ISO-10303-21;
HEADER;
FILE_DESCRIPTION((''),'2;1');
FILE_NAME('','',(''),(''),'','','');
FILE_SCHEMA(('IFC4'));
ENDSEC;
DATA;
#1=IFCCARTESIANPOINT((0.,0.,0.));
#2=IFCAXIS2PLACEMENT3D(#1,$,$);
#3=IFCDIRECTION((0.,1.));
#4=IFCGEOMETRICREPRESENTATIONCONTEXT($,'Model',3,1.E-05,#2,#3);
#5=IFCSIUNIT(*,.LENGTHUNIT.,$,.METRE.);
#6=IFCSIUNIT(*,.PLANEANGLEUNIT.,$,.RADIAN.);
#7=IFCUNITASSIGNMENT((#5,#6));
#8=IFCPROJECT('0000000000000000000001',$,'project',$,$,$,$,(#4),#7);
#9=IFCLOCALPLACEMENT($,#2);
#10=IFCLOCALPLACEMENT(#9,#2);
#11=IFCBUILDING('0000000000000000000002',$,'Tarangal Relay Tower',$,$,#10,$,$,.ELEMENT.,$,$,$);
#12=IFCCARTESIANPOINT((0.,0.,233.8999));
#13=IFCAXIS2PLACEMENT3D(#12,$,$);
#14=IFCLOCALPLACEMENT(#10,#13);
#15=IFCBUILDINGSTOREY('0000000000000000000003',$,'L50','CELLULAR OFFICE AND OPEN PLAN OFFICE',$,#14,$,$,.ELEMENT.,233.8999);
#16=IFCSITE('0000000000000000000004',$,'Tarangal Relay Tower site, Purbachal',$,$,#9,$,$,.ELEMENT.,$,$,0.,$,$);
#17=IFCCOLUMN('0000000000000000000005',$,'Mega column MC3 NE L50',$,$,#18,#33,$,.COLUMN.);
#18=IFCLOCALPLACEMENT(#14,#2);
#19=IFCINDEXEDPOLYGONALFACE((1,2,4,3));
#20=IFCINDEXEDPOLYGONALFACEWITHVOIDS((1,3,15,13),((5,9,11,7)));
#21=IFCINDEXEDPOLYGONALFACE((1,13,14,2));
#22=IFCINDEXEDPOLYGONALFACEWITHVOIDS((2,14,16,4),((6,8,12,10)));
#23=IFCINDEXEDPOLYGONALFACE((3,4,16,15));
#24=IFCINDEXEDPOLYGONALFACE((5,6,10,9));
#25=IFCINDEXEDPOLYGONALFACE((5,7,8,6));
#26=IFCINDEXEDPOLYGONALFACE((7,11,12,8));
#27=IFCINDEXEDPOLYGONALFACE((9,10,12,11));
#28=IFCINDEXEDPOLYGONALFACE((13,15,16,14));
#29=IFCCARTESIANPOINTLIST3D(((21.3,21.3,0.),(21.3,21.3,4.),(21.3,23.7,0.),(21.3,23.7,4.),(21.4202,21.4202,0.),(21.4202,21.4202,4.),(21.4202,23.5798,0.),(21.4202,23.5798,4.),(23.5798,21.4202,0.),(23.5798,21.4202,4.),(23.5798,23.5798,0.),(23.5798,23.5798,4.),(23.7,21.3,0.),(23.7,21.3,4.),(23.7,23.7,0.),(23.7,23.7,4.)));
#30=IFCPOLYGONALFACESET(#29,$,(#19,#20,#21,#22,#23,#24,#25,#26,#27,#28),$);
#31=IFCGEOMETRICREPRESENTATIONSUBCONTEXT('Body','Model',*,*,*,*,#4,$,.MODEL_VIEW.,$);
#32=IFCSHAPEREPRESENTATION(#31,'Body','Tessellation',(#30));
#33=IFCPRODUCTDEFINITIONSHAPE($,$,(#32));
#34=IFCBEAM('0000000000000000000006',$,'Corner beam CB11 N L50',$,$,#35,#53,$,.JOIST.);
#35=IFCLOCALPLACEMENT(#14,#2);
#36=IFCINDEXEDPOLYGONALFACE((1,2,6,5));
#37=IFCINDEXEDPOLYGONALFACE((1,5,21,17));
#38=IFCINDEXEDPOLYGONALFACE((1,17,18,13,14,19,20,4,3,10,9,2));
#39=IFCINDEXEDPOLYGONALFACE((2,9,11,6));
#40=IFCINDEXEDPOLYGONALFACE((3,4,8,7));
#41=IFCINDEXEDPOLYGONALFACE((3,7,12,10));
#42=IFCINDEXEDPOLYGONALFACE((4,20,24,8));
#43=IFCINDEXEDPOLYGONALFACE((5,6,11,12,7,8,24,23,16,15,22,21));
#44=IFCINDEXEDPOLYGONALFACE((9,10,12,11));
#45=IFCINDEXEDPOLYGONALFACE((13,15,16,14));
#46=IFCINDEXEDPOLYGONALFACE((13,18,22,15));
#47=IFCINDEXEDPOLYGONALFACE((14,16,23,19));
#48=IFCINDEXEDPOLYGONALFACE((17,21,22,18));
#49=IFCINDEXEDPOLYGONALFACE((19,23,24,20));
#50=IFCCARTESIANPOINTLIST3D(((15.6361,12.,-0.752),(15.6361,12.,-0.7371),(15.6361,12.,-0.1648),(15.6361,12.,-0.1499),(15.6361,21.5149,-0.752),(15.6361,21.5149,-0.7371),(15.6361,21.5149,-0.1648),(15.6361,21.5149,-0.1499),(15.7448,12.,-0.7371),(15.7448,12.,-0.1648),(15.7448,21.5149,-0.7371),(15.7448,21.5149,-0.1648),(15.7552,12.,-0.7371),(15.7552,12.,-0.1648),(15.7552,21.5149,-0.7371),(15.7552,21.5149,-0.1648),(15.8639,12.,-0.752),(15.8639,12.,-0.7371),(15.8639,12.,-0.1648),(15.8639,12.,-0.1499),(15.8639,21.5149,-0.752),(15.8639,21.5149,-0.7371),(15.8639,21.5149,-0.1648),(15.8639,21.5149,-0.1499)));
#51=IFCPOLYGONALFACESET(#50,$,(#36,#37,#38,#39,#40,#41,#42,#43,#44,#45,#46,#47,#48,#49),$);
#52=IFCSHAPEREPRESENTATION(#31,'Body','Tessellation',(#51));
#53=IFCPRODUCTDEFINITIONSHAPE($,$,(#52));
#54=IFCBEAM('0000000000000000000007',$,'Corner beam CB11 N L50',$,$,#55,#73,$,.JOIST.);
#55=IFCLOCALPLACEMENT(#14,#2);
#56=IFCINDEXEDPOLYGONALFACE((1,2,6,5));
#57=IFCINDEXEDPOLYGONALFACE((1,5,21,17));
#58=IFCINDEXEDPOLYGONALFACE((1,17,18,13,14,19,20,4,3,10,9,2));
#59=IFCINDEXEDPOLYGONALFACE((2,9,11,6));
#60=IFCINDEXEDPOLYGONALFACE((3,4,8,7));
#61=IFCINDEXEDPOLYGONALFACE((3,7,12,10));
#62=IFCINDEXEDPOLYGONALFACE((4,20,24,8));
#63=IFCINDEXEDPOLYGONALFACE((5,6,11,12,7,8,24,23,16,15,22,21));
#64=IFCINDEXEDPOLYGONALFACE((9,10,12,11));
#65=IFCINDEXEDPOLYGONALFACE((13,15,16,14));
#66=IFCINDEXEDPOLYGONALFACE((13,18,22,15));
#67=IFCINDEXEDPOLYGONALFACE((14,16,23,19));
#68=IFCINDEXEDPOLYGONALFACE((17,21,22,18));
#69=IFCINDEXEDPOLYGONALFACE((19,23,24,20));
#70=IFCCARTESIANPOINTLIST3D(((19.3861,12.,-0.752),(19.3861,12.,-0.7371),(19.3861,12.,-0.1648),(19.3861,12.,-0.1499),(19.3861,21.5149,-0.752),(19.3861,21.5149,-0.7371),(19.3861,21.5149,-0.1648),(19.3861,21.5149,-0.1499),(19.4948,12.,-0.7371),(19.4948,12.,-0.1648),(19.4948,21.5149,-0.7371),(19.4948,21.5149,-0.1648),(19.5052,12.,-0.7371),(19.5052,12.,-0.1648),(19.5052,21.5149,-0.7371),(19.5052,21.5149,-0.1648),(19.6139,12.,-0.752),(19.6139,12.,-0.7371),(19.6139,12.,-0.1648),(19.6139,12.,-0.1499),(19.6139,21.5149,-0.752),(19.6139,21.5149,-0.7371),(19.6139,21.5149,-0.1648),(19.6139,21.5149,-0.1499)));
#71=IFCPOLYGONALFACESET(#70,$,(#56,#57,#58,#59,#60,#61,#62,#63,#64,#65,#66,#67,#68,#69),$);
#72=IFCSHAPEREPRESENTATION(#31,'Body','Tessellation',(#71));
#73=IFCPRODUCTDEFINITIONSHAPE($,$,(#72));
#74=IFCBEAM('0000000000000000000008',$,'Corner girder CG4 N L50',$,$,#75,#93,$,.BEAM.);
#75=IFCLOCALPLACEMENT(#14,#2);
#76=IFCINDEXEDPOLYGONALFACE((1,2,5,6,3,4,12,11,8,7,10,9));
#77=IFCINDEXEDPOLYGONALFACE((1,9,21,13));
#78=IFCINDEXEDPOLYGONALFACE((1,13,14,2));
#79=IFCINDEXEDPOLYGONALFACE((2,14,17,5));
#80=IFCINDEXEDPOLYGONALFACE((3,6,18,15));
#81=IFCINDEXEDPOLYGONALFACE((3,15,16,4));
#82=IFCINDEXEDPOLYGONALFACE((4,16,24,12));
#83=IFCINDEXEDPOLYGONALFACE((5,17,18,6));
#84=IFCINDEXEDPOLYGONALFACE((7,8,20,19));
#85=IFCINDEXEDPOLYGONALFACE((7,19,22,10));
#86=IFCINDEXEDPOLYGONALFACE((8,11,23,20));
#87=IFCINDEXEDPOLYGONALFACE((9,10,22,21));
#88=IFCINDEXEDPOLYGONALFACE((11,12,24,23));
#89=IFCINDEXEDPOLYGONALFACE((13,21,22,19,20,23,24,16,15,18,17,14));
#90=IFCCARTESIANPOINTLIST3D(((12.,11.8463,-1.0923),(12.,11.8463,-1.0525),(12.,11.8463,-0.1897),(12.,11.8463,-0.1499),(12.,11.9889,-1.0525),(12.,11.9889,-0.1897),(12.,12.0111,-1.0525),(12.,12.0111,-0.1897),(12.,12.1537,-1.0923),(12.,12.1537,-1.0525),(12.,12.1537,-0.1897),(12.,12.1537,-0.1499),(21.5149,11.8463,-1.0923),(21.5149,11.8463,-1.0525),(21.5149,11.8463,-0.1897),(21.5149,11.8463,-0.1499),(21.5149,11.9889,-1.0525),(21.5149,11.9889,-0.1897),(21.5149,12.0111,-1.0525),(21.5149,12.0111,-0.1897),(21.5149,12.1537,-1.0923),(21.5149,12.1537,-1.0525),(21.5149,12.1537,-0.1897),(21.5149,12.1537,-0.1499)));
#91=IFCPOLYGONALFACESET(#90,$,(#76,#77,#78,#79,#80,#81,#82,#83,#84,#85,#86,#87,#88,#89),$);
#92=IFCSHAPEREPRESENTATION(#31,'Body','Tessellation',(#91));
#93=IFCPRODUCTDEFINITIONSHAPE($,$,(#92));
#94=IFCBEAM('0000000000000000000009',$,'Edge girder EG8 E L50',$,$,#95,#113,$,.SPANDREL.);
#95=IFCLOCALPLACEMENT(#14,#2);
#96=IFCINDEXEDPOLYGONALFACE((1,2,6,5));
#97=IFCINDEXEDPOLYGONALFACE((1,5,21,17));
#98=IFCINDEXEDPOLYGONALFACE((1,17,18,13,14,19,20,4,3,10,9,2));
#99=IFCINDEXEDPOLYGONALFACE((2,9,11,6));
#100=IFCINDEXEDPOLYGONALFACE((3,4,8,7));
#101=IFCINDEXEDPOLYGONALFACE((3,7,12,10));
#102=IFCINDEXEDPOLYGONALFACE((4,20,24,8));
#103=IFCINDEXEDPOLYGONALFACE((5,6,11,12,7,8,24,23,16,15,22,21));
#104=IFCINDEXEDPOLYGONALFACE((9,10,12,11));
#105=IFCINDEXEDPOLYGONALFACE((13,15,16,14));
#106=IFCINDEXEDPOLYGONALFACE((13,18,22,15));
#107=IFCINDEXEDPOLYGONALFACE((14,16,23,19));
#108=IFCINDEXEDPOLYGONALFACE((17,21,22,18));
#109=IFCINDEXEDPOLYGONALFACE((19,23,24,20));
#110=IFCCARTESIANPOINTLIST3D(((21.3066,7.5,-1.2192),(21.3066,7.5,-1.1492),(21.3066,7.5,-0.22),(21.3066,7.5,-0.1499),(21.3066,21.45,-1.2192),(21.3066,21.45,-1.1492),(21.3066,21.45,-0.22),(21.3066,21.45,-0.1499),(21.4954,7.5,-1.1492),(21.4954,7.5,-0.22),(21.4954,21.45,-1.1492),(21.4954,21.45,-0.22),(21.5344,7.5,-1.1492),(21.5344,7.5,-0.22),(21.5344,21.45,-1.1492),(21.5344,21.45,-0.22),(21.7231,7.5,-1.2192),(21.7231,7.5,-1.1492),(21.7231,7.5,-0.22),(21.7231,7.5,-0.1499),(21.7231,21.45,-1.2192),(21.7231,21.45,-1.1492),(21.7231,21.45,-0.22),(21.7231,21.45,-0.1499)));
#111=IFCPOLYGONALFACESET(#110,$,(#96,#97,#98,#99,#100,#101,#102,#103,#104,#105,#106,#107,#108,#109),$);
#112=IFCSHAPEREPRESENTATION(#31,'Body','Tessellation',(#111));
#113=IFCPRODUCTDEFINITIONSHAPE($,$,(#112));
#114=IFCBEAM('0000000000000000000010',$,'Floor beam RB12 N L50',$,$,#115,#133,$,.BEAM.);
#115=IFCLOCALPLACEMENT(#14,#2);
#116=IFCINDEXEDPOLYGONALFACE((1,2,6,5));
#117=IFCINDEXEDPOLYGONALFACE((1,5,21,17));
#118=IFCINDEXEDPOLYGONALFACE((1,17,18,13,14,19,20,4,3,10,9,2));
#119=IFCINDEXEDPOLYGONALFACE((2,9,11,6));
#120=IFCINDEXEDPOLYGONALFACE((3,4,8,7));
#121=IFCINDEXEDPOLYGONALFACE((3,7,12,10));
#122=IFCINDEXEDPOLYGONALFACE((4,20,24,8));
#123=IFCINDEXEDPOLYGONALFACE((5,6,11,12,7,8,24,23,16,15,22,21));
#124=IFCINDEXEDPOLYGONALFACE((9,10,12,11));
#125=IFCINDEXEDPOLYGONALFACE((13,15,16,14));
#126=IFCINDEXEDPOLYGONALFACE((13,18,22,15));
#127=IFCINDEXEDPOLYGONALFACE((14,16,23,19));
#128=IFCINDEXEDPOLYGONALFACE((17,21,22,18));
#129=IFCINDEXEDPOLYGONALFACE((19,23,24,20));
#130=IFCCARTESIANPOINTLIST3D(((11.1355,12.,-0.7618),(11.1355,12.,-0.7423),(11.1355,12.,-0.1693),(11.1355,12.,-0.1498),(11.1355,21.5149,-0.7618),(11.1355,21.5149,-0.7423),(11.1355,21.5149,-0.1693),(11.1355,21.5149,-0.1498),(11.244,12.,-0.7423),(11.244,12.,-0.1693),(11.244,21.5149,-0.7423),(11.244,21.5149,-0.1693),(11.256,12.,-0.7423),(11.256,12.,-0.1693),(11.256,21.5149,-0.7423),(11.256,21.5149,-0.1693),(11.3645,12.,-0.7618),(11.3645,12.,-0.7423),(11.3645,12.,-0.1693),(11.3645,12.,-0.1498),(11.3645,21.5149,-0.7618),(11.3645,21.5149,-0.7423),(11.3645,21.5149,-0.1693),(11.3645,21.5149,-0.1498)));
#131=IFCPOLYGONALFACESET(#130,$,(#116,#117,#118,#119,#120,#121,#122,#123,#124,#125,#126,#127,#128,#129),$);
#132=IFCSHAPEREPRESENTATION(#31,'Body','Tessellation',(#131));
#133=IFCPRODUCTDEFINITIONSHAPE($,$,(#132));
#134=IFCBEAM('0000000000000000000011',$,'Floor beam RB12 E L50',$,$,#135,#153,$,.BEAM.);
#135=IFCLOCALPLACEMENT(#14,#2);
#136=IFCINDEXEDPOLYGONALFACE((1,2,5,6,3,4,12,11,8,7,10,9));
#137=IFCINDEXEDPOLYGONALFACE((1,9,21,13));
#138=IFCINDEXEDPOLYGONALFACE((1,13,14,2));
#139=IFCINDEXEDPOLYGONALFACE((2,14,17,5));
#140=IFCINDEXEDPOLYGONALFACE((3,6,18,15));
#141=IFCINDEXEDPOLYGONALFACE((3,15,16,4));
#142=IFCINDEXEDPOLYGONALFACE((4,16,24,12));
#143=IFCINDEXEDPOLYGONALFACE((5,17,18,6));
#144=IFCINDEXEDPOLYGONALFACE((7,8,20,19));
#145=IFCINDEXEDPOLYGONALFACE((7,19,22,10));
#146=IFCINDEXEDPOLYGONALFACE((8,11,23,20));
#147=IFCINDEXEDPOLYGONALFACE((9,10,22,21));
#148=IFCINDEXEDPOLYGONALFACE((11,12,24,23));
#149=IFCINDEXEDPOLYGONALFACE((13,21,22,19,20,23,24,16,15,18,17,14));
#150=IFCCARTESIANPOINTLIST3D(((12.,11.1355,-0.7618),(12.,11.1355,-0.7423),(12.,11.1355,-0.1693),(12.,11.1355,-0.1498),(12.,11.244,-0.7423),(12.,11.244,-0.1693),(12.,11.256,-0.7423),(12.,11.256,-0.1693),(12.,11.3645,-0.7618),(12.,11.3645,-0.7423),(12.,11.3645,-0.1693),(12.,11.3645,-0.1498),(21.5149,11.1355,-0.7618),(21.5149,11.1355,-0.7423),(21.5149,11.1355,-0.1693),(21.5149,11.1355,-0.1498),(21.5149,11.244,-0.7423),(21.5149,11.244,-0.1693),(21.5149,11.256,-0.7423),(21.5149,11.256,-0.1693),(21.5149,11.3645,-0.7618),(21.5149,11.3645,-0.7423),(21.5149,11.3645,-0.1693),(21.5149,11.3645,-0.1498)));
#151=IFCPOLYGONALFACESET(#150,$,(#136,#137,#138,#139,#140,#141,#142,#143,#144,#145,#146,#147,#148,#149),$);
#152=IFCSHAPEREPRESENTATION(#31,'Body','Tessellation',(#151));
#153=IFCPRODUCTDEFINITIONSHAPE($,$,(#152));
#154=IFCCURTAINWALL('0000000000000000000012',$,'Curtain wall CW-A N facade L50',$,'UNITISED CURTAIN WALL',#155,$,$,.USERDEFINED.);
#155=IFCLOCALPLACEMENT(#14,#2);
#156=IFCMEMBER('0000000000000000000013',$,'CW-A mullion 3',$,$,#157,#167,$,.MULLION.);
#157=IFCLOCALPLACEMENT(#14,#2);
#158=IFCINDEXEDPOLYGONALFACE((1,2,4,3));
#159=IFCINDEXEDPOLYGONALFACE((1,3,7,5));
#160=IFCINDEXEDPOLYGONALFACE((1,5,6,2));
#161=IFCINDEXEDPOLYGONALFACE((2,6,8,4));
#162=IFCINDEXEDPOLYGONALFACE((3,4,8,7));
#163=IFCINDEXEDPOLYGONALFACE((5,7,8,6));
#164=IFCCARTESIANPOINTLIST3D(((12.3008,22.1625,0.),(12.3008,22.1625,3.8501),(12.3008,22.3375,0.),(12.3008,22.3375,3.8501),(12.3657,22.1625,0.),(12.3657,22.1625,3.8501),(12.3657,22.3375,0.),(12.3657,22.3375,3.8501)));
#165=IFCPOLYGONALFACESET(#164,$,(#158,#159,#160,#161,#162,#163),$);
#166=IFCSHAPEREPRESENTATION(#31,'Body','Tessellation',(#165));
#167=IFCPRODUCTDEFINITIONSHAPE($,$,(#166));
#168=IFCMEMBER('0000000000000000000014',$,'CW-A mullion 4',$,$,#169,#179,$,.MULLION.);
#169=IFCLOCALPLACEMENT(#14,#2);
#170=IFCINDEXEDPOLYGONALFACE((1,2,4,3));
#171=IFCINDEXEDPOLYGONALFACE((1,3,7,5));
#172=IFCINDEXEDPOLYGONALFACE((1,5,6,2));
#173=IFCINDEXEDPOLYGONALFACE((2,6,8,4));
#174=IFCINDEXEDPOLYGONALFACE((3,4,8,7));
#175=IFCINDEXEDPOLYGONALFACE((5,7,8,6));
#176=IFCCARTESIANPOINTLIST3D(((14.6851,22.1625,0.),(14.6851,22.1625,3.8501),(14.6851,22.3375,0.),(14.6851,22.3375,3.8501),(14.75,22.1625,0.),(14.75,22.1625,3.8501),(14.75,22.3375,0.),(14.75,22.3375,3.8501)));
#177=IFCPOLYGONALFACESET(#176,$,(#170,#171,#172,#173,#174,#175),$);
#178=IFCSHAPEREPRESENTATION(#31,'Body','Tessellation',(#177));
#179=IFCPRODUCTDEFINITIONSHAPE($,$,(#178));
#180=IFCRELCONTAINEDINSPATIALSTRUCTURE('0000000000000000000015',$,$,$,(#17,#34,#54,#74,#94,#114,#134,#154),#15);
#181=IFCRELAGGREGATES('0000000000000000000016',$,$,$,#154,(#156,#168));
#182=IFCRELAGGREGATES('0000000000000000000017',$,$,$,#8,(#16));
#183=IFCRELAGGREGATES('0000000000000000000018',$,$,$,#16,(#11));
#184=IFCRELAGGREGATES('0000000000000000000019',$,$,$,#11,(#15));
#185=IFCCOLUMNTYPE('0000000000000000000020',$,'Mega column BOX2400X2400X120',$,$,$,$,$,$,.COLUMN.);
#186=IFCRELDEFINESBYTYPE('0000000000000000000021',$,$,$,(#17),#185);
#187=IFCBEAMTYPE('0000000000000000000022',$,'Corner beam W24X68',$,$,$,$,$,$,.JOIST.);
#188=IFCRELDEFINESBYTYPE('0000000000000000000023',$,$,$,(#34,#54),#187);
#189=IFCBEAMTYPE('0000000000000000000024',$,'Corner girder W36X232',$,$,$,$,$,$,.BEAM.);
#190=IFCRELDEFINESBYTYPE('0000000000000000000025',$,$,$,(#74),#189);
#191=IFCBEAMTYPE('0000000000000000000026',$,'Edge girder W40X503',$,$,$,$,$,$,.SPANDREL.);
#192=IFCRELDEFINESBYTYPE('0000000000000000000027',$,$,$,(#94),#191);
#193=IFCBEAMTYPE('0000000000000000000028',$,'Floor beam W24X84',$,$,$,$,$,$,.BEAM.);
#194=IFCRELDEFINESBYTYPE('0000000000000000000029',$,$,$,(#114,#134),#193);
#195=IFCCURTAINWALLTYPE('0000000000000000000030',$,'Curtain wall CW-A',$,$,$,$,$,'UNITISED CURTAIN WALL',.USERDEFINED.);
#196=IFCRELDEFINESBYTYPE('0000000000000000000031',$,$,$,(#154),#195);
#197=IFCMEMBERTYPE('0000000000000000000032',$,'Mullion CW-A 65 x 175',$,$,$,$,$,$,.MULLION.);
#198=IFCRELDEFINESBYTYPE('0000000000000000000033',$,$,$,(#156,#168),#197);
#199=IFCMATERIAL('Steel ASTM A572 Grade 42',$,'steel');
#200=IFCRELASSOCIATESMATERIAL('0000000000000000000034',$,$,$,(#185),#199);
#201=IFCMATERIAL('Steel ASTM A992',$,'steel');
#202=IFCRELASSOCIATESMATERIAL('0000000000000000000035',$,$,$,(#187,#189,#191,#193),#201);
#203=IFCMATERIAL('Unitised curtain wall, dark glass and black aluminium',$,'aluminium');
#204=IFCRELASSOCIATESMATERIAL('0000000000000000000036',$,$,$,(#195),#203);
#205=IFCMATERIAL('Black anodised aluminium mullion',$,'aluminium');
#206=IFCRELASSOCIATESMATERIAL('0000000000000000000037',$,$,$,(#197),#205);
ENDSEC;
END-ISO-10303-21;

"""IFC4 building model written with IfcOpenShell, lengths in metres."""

from ifc_helpers import new_model, si_unit, direction, frame, origin, origin_2d, place, context, subcontext, project, spatial, rectangle, hollow_rectangle, i_section, extrude, material, material_profile, profile_set, type_object, element, aggregate, save


model = new_model("IFC4")

# Units and contexts
model_context = context("Model", 3, precision=1e-05, world=origin(), true_north=direction((0.0, 1.0)))
body_context = subcontext(model_context, "Body", "Model", "MODEL_VIEW")
ifc_project = project(units=[si_unit("LENGTHUNIT", "METRE"), si_unit("PLANEANGLEUNIT", "RADIAN")], contexts=[model_context])

# Site, building, storey
site_placement = place(None, origin())
site = spatial("IfcSite", under=ifc_project, at=site_placement, Name="Tarangal Relay Tower site, Purbachal", CompositionType="ELEMENT", RefElevation=0.0)
building_placement = place(site_placement, origin())
building = spatial("IfcBuilding", under=site, at=building_placement, Name="Tarangal Relay Tower", CompositionType="ELEMENT")
storey_placement = place(building_placement, frame((0.0, 0.0, 233.8999)))
storey = spatial("IfcBuildingStorey", under=building, at=storey_placement, Name="L50", Description="CELLULAR OFFICE AND OPEN PLAN OFFICE", CompositionType="ELEMENT", Elevation=233.8999)

# Column
ifc_material_1 = material(Name="Steel ASTM A572 Grade 42", Category="steel")
ifc_material_profile_1 = material_profile(ifc_material_1, hollow_rectangle(XDim=2.3999, YDim=2.3999, WallThickness=0.1201, at=origin_2d()), Name="BOX2400X2400X120")
ifc_profile_set_1 = profile_set([ifc_material_profile_1], Name="Steel ASTM A572 Grade 42")
column_type = type_object("IfcColumnType", Name="Mega column BOX2400X2400X120", PredefinedType="COLUMN", material=ifc_profile_set_1)
column_placement = place(storey_placement, frame((22.5, 22.5, 0.0), z_axis=(0.0, 0.0, 1.0), x_axis=(1.0, 0.0, 0.0)))
element("IfcColumn", 1, at=column_placement, inside=storey, type_object=column_type, Name="Mega column MC3 NE L50", PredefinedType="COLUMN", context=body_context, shape_type="SweptSolid", body=[
    extrude(hollow_rectangle(XDim=2.3999, YDim=2.3999, WallThickness=0.1201, at=origin_2d()), origin(), (0.0, 0.0, 1.0), 4.0),
])

# Beams
ifc_material_2 = material(Name="Steel ASTM A992", Category="steel")
ifc_material_profile_2 = material_profile(ifc_material_2, i_section(OverallWidth=0.2278, OverallDepth=0.6021, WebThickness=0.0105, FlangeThickness=0.0149, at=origin_2d()), Name="W24X68")
ifc_profile_set_2 = profile_set([ifc_material_profile_2], Name="Steel ASTM A992")
beam_type_1 = type_object("IfcBeamType", Name="Corner beam W24X68", PredefinedType="JOIST", material=ifc_profile_set_2)
for number, where, z_axis, x_axis, name in (
    (2, (15.75, 12.0, -0.4509), (0.0, 1.0, 0.0), (-1.0, 0.0, 0.0), "Corner beam CB11 N L50"),
    (3, (19.5, 12.0, -0.4509), (0.0, 1.0, 0.0), (-1.0, 0.0, 0.0), "Corner beam CB11 N L50"),
):
    element("IfcBeam", number, at=place(storey_placement, frame(where, z_axis=z_axis, x_axis=x_axis)), inside=storey, type_object=beam_type_1, Name=name, PredefinedType="JOIST", context=body_context, shape_type="SweptSolid", body=[
        extrude(i_section(OverallWidth=0.2278, OverallDepth=0.6021, WebThickness=0.0105, FlangeThickness=0.0149, at=origin_2d()), origin(), (0.0, 0.0, 1.0), 9.5149),
    ])
ifc_material_profile_3 = material_profile(ifc_material_2, i_section(OverallWidth=0.3074, OverallDepth=0.9424, WebThickness=0.0222, FlangeThickness=0.0398, at=origin_2d()), Name="W36X232")
ifc_profile_set_3 = profile_set([ifc_material_profile_3], Name="Steel ASTM A992")
beam_type_2 = type_object("IfcBeamType", Name="Corner girder W36X232", PredefinedType="BEAM", material=ifc_profile_set_3)
beam_1_placement = place(storey_placement, frame((12.0, 12.0, -0.6211), z_axis=(1.0, 0.0, 0.0), x_axis=(0.0, 1.0, 0.0)))
element("IfcBeam", 4, at=beam_1_placement, inside=storey, type_object=beam_type_2, Name="Corner girder CG4 N L50", PredefinedType="BEAM", context=body_context, shape_type="SweptSolid", body=[
    extrude(i_section(OverallWidth=0.3074, OverallDepth=0.9424, WebThickness=0.0222, FlangeThickness=0.0398, at=origin_2d()), origin(), (0.0, 0.0, 1.0), 9.5149),
])
ifc_material_profile_4 = material_profile(ifc_material_2, i_section(OverallWidth=0.4165, OverallDepth=1.0693, WebThickness=0.0391, FlangeThickness=0.0701, at=origin_2d()), Name="W40X503")
ifc_profile_set_4 = profile_set([ifc_material_profile_4], Name="Steel ASTM A992")
beam_type_3 = type_object("IfcBeamType", Name="Edge girder W40X503", PredefinedType="SPANDREL", material=ifc_profile_set_4)
beam_2_placement = place(storey_placement, frame((21.5149, 21.45, -0.6846), z_axis=(0.0, -1.0, 0.0), x_axis=(1.0, 0.0, 0.0)))
element("IfcBeam", 5, at=beam_2_placement, inside=storey, type_object=beam_type_3, Name="Edge girder EG8 E L50", PredefinedType="SPANDREL", context=body_context, shape_type="SweptSolid", body=[
    extrude(i_section(OverallWidth=0.4165, OverallDepth=1.0693, WebThickness=0.0391, FlangeThickness=0.0701, at=origin_2d()), origin(), (0.0, 0.0, 1.0), 13.95),
])
ifc_material_profile_5 = material_profile(ifc_material_2, i_section(OverallWidth=0.229, OverallDepth=0.6121, WebThickness=0.012, FlangeThickness=0.0195, at=origin_2d()), Name="W24X84")
ifc_profile_set_5 = profile_set([ifc_material_profile_5], Name="Steel ASTM A992")
beam_type_4 = type_object("IfcBeamType", Name="Floor beam W24X84", PredefinedType="BEAM", material=ifc_profile_set_5)
for number, where, z_axis, x_axis, name in (
    (6, (11.25, 12.0, -0.4558), (0.0, 1.0, 0.0), (-1.0, 0.0, 0.0), "Floor beam RB12 N L50"),
    (7, (12.0, 11.25, -0.4558), (1.0, 0.0, 0.0), (0.0, 1.0, 0.0), "Floor beam RB12 E L50"),
):
    element("IfcBeam", number, at=place(storey_placement, frame(where, z_axis=z_axis, x_axis=x_axis)), inside=storey, type_object=beam_type_4, Name=name, PredefinedType="BEAM", context=body_context, shape_type="SweptSolid", body=[
        extrude(i_section(OverallWidth=0.229, OverallDepth=0.6121, WebThickness=0.012, FlangeThickness=0.0195, at=origin_2d()), origin(), (0.0, 0.0, 1.0), 9.5149),
    ])

# Curtain wall, members
ifc_material_3 = material(Name="Unitised curtain wall, dark glass and black aluminium", Category="aluminium")
curtain_wall_type = type_object("IfcCurtainWallType", Name="Curtain wall CW-A", ElementType="UNITISED CURTAIN WALL", PredefinedType="USERDEFINED", material=ifc_material_3)
curtain_wall_1_placement = place(storey_placement, origin())
curtain_wall_1 = element("IfcCurtainWall", 8, at=curtain_wall_1_placement, inside=storey, type_object=curtain_wall_type, Name="Curtain wall CW-A N facade L50", ObjectType="UNITISED CURTAIN WALL", PredefinedType="USERDEFINED")
ifc_material_4 = material(Name="Black anodised aluminium mullion", Category="aluminium")
ifc_material_profile_6 = material_profile(ifc_material_4, rectangle(XDim=0.175, YDim=0.0649, at=origin_2d()), Name="CW-AM 65X175")
ifc_profile_set_6 = profile_set([ifc_material_profile_6], Name="Black anodised aluminium mullion")
member_type_1 = type_object("IfcMemberType", Name="Mullion CW-A 65 x 175", PredefinedType="MULLION", material=ifc_profile_set_6)
member_1_placement = place(storey_placement, frame((12.3333, 22.25, 0.0), z_axis=(0.0, 0.0, 1.0), x_axis=(0.0, 1.0, 0.0)))
member_1 = element("IfcMember", 9, at=member_1_placement, type_object=member_type_1, Name="CW-A mullion 3", PredefinedType="MULLION", context=body_context, shape_type="SweptSolid", body=[
    extrude(rectangle(XDim=0.175, YDim=0.0649, at=origin_2d()), origin(), (0.0, 0.0, 1.0), 3.8501),
])
member_2_placement = place(storey_placement, frame((14.7175, 22.25, 0.0), z_axis=(0.0, 0.0, 1.0), x_axis=(0.0, 1.0, 0.0)))
member_2 = element("IfcMember", 10, at=member_2_placement, type_object=member_type_1, Name="CW-A mullion 4", PredefinedType="MULLION", context=body_context, shape_type="SweptSolid", body=[
    extrude(rectangle(XDim=0.175, YDim=0.0649, at=origin_2d()), origin(), (0.0, 0.0, 1.0), 3.8501),
])

aggregate(curtain_wall_1, [member_1, member_2])

save(model, "model.ifc")
